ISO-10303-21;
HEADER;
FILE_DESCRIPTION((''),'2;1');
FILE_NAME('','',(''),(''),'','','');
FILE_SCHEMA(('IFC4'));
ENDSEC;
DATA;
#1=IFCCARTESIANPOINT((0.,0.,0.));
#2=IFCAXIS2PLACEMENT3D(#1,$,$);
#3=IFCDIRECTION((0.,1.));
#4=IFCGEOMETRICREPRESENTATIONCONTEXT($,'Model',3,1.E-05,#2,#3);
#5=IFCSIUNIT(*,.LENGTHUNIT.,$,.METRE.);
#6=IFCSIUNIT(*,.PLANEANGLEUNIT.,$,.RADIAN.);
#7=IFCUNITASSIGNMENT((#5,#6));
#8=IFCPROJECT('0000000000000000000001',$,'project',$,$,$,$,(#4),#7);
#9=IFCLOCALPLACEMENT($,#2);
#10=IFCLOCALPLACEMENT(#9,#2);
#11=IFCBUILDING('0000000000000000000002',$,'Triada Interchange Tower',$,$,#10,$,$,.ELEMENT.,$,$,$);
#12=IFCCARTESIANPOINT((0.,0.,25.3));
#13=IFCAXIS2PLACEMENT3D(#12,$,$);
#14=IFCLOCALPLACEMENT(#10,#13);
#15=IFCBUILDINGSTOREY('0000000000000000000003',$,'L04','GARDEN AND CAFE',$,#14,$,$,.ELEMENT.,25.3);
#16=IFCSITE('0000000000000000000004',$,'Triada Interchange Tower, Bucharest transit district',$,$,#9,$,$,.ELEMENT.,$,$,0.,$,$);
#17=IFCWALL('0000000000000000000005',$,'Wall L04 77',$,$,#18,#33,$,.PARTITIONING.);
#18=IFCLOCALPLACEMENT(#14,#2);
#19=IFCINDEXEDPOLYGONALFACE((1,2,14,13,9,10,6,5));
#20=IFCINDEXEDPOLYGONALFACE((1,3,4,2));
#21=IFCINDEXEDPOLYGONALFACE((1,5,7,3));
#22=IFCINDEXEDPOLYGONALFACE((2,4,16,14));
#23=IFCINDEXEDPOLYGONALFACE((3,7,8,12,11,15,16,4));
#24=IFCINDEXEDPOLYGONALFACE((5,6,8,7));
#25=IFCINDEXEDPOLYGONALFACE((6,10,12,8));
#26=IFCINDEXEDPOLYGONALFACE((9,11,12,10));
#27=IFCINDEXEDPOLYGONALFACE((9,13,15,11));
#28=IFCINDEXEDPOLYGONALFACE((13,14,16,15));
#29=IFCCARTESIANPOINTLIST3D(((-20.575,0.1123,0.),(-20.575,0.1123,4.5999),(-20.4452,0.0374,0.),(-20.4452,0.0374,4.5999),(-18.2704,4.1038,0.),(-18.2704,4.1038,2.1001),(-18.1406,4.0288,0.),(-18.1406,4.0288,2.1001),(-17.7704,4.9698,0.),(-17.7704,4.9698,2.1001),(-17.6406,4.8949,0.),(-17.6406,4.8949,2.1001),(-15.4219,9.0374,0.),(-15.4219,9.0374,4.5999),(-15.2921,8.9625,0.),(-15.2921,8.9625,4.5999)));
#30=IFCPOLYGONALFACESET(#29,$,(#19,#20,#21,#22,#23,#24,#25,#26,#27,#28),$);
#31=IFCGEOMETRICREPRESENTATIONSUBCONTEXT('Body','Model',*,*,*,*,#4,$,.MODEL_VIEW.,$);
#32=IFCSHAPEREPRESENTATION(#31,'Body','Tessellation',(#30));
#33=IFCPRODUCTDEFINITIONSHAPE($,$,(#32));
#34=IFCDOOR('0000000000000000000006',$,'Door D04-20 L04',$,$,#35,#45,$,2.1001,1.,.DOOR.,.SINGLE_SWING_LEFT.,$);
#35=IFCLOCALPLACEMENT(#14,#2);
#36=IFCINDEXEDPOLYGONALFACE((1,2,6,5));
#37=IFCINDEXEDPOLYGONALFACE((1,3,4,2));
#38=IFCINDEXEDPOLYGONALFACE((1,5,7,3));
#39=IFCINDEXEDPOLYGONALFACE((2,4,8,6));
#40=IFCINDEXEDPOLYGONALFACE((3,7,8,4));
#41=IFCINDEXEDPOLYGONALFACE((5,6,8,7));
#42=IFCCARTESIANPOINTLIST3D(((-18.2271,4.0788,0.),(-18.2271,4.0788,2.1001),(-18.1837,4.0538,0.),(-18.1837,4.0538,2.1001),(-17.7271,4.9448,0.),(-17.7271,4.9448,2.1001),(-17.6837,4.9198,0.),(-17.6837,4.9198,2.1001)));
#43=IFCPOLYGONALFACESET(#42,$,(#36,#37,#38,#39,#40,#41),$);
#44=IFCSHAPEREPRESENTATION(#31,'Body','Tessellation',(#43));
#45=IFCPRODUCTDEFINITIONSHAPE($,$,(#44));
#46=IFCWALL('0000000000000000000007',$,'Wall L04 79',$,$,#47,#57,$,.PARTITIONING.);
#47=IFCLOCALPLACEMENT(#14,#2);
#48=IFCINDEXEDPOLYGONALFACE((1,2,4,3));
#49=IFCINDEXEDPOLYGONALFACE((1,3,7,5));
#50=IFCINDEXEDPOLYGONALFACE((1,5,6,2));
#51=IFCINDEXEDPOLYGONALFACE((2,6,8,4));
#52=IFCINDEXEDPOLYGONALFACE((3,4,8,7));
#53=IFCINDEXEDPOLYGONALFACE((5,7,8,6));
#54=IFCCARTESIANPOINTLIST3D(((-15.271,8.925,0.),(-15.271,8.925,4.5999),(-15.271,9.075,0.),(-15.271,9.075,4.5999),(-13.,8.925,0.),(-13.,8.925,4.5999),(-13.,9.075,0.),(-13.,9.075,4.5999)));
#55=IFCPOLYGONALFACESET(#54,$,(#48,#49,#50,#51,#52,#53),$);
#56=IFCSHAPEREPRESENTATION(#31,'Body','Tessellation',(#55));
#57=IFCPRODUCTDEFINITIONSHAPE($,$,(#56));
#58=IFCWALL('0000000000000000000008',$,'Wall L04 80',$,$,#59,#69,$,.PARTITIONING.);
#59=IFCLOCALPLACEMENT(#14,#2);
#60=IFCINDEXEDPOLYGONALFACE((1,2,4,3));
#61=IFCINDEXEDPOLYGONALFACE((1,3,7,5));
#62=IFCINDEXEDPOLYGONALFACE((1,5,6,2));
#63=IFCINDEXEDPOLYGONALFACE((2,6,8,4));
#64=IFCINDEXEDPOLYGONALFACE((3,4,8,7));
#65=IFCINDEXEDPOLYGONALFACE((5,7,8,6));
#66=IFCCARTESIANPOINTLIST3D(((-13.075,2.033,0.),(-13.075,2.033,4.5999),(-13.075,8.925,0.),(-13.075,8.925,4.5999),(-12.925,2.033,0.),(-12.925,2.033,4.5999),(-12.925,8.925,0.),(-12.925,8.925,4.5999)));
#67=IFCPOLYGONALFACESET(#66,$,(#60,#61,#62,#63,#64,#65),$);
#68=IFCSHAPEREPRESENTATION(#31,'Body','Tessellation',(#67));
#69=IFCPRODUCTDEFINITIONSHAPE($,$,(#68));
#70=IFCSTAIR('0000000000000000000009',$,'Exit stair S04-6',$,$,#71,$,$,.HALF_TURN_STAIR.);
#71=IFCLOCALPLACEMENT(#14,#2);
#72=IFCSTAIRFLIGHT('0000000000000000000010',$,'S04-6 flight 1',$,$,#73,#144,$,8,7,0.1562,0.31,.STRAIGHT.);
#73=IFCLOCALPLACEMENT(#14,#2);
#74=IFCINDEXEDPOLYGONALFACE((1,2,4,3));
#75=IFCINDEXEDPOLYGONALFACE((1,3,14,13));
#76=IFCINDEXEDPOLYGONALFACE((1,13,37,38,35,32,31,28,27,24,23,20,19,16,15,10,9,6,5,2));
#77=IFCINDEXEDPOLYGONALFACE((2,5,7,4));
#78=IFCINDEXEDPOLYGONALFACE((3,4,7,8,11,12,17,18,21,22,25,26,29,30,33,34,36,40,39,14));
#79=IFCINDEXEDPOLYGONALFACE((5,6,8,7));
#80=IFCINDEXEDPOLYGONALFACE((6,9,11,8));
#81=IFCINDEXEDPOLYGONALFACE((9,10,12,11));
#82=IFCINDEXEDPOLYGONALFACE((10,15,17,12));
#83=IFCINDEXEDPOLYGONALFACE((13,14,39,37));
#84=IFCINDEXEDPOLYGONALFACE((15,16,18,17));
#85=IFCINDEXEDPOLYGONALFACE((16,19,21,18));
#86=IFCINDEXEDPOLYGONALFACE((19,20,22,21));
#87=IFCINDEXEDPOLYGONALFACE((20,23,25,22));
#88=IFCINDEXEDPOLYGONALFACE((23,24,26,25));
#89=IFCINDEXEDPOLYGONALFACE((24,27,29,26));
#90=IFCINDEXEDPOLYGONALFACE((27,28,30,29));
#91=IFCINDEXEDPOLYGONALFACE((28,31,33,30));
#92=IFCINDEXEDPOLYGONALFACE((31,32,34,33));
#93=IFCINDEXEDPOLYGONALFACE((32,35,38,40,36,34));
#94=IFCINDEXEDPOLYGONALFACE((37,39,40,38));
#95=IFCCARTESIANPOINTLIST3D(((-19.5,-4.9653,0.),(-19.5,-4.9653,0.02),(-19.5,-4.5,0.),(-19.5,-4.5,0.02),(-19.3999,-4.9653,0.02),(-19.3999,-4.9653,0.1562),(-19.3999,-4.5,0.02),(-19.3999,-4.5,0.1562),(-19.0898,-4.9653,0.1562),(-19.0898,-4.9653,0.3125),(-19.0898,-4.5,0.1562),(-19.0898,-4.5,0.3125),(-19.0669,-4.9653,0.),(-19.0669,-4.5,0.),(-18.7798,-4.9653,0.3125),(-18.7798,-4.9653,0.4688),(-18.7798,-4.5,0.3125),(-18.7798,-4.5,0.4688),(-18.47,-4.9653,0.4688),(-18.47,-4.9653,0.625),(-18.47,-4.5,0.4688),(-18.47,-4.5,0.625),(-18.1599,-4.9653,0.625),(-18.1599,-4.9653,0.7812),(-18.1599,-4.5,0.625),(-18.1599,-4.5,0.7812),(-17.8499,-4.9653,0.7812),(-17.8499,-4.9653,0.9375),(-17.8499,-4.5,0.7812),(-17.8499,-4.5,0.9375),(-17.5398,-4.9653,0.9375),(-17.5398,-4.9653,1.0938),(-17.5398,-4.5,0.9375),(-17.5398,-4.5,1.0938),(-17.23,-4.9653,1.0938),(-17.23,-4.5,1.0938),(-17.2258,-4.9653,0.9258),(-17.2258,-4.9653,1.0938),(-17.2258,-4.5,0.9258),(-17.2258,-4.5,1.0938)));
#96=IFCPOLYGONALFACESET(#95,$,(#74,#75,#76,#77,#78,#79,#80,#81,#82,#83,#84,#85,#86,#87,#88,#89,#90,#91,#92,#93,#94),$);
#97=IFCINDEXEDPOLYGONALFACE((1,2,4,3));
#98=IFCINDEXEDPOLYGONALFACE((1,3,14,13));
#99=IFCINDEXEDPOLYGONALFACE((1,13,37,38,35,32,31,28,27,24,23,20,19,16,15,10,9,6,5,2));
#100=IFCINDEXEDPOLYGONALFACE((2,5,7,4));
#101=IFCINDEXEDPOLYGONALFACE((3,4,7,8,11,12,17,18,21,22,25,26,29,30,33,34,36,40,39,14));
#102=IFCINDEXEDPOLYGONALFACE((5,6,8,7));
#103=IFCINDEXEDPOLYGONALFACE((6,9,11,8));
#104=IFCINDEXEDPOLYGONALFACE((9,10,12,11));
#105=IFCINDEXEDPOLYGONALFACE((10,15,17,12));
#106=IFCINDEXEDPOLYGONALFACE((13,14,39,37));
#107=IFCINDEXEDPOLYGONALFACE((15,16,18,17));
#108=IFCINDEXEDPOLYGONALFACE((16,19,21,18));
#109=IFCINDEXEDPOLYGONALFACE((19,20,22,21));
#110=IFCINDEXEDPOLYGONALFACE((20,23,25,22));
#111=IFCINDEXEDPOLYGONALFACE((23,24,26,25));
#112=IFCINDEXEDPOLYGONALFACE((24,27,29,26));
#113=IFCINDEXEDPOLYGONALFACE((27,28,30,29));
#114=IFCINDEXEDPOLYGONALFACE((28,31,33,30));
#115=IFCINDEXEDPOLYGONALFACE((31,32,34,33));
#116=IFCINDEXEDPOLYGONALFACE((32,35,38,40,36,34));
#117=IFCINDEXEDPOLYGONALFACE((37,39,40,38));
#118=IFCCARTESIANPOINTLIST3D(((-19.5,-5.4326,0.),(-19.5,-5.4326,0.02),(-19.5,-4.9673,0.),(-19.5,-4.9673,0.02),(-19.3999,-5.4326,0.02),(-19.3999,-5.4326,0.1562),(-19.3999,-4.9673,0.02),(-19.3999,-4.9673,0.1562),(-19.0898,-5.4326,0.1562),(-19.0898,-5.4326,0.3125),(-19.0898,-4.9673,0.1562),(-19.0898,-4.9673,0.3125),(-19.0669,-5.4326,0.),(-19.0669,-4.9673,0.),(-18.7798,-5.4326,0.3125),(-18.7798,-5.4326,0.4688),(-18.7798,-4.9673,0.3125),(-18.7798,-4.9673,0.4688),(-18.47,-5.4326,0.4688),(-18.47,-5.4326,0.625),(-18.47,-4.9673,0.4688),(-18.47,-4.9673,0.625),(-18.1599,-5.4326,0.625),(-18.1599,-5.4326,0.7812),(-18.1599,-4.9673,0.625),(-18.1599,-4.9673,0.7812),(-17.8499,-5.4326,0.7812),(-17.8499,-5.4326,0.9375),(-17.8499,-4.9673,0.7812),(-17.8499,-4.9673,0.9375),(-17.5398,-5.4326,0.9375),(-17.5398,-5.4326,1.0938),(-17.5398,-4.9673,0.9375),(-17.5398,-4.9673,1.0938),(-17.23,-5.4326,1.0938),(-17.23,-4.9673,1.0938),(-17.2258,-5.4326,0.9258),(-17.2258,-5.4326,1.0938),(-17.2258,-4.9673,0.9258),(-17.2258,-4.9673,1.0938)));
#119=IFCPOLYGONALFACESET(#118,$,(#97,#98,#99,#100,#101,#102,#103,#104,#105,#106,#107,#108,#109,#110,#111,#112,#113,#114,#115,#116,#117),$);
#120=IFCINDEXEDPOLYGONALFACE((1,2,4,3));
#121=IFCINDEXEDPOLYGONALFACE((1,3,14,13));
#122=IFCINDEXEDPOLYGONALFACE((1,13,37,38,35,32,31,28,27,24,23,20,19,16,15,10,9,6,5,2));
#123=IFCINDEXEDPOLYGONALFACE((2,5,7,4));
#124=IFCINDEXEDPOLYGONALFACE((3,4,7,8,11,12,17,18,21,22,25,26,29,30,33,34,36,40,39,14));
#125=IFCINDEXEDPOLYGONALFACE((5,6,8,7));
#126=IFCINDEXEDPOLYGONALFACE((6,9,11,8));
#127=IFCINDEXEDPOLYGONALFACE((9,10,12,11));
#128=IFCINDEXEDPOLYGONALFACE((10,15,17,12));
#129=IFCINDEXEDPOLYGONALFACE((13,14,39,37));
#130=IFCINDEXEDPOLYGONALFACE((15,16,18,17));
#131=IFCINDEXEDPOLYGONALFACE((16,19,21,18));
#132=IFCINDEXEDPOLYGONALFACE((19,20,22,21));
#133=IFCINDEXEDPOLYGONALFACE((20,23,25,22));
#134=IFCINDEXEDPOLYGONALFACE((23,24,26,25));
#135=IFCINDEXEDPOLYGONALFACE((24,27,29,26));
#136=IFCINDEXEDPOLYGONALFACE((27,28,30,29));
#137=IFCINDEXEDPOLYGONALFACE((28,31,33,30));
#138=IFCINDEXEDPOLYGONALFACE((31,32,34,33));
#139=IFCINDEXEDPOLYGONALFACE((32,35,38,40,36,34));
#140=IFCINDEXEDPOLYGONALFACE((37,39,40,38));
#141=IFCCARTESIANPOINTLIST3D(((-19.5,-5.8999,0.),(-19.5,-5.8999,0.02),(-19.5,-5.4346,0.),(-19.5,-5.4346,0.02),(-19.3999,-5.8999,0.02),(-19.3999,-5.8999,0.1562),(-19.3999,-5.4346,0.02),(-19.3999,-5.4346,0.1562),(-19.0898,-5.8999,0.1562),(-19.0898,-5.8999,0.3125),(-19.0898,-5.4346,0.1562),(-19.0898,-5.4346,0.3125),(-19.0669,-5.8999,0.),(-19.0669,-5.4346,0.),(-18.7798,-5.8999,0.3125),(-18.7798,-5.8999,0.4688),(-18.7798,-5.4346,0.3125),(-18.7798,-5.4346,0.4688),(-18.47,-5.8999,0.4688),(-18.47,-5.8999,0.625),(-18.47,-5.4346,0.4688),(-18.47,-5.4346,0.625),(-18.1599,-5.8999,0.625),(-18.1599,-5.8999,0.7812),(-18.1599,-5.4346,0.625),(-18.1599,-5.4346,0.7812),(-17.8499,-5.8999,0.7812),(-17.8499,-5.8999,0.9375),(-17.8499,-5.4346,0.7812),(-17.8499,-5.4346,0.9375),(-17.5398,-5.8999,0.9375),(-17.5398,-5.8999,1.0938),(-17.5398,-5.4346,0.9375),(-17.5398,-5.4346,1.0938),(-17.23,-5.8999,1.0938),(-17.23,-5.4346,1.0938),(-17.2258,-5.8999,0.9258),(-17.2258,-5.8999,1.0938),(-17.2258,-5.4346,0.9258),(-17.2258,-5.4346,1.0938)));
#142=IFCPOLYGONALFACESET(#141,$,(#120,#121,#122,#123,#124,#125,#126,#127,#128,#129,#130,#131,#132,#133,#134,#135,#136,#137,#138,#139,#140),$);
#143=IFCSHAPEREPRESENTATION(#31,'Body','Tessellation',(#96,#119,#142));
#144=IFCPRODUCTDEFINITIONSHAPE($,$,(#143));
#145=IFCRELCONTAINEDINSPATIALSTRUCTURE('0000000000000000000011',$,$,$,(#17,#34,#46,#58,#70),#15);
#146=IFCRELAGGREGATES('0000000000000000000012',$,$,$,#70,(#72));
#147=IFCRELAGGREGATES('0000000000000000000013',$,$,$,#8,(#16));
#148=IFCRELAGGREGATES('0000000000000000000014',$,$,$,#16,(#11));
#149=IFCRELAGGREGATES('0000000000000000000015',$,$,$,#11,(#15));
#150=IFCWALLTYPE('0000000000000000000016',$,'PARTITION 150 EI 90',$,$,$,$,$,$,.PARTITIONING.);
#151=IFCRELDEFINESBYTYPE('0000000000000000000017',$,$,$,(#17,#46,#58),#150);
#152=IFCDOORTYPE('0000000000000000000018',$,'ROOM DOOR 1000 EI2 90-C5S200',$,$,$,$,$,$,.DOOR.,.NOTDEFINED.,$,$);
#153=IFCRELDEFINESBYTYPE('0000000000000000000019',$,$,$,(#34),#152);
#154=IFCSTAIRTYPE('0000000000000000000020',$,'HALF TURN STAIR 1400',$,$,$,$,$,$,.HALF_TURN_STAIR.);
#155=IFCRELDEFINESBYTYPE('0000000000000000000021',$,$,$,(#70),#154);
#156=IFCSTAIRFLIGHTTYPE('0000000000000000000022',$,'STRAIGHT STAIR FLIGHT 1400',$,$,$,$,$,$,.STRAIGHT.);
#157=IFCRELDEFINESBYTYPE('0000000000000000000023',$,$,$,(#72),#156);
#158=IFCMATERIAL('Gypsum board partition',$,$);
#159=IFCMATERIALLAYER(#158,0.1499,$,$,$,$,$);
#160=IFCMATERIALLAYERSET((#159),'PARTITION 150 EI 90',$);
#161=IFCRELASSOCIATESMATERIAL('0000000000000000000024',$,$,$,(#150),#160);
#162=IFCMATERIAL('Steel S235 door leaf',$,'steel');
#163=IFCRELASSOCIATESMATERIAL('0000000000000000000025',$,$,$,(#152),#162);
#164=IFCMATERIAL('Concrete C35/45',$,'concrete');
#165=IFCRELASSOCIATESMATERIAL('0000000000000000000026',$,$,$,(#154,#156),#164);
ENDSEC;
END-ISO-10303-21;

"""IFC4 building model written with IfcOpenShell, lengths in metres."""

from ifc_helpers import new_model, si_unit, direction, frame, frame_2d, origin, place, context, subcontext, project, spatial, polyline, rectangle, outline, extrude, material, layer, layer_set, type_object, element, fill, aggregate, save


model = new_model("IFC4")

# Units and contexts
model_context = context("Model", 3, precision=1e-05, world=origin(), true_north=direction((0.0, 1.0)))
body_context = subcontext(model_context, "Body", "Model", "MODEL_VIEW")
ifc_project = project(units=[si_unit("LENGTHUNIT", "METRE"), si_unit("PLANEANGLEUNIT", "RADIAN")], contexts=[model_context])

# Site, building, storey
site_placement = place(None, origin())
site = spatial("IfcSite", under=ifc_project, at=site_placement, Name="Triada Interchange Tower, Bucharest transit district", CompositionType="ELEMENT", RefElevation=0.0)
building_placement = place(site_placement, origin())
building = spatial("IfcBuilding", under=site, at=building_placement, Name="Triada Interchange Tower", CompositionType="ELEMENT")
storey_placement = place(building_placement, frame((0.0, 0.0, 25.3)))
storey = spatial("IfcBuildingStorey", under=building, at=storey_placement, Name="L04", Description="GARDEN AND CAFE", CompositionType="ELEMENT", Elevation=25.3)

# Shared definitions
ifc_material_1 = material(Name="Concrete C35/45", Category="concrete")

# Shared definitions
ifc_material_2 = material(Name="Gypsum board partition")
ifc_layer_1 = layer(ifc_material_2, 0.1499)
ifc_layer_set_1 = layer_set([ifc_layer_1], Name="PARTITION 150 EI 90")
wall_type_1 = type_object("IfcWallType", Name="PARTITION 150 EI 90", PredefinedType="PARTITIONING", material=ifc_layer_set_1)

# Wall, opening, door
wall_1_placement = place(storey_placement, frame((-20.51, 0.075, 0.0), z_axis=(0.0, 0.0, 1.0), x_axis=(0.500014, 0.866017, 0.0)))
wall_1 = element("IfcWall", 1, at=wall_1_placement, inside=storey, type_object=wall_type_1, Name="Wall L04 77", PredefinedType="PARTITIONING", context=body_context, shape_type="SweptSolid", body=[
    extrude(rectangle(XDim=10.3059, YDim=0.1499, at=frame_2d((5.1528, 0.0))), origin(), (0.0, 0.0, 1.0), 4.5999),
])
opening_placement = place(wall_1_placement, frame((4.6089, 0.0, 0.0)))
opening = element("IfcOpeningElement", 2, at=opening_placement, cuts=wall_1, PredefinedType="OPENING", context=body_context, shape_type="SweptSolid", body=[
    extrude(rectangle(XDim=1.0, YDim=2.1001, at=frame_2d((0.5, 1.05))), frame((0.0, 0.085, 0.0), z_axis=(0.0, -1.0, 0.0), x_axis=(1.0, 0.0, 0.0)), (0.0, 0.0, 1.0), 0.1699),
])
ifc_material_3 = material(Name="Steel S235 door leaf", Category="steel")
door_type = type_object("IfcDoorType", Name="ROOM DOOR 1000 EI2 90-C5S200", OperationType="NOTDEFINED", PredefinedType="DOOR", material=ifc_material_3)
door_placement = place(opening_placement, origin())
door = element("IfcDoor", 3, at=door_placement, inside=storey, type_object=door_type, Name="Door D04-20 L04", OperationType="SINGLE_SWING_LEFT", OverallHeight=2.1001, OverallWidth=1.0, PredefinedType="DOOR", context=body_context, shape_type="SweptSolid", body=[
    extrude(rectangle(XDim=1.0, YDim=2.1001, at=frame_2d((0.5, 1.05))), frame((0.0, 0.0249, 0.0), z_axis=(0.0, -1.0, 0.0), x_axis=(1.0, 0.0, 0.0)), (0.0, 0.0, 1.0), 0.05),
])
fill(opening, door)

# Walls
wall_2_placement = place(storey_placement, frame((-15.271, 9.0, 0.0), z_axis=(0.0, 0.0, 1.0), x_axis=(1.0, 0.0, 0.0)))
element("IfcWall", 4, at=wall_2_placement, inside=storey, type_object=wall_type_1, Name="Wall L04 79", PredefinedType="PARTITIONING", context=body_context, shape_type="SweptSolid", body=[
    extrude(rectangle(XDim=2.271, YDim=0.1499, at=frame_2d((1.1355, 0.0))), origin(), (0.0, 0.0, 1.0), 4.5999),
])
wall_3_placement = place(storey_placement, frame((-13.0, 2.033, 0.0), z_axis=(0.0, 0.0, 1.0), x_axis=(0.0, 1.0, 0.0)))
element("IfcWall", 5, at=wall_3_placement, inside=storey, type_object=wall_type_1, Name="Wall L04 80", PredefinedType="PARTITIONING", context=body_context, shape_type="SweptSolid", body=[
    extrude(rectangle(XDim=6.8921, YDim=0.1499, at=frame_2d((3.446, 0.0))), origin(), (0.0, 0.0, 1.0), 4.5999),
])

# Stair, stair flight
stair_type = type_object("IfcStairType", Name="HALF TURN STAIR 1400", PredefinedType="HALF_TURN_STAIR", material=ifc_material_1)
stair_placement = place(storey_placement, origin())
stair = element("IfcStair", 6, at=stair_placement, inside=storey, type_object=stair_type, Name="Exit stair S04-6", PredefinedType="HALF_TURN_STAIR")
stair_flight_type = type_object("IfcStairFlightType", Name="STRAIGHT STAIR FLIGHT 1400", PredefinedType="STRAIGHT", material=ifc_material_1)
stair_flight_1_placement = place(storey_placement, frame((-19.3999, -5.2, 0.0), z_axis=(0.0, 0.0, 1.0), x_axis=(1.0, 0.0, 0.0)))
stair_flight_1 = element("IfcStairFlight", 7, at=stair_flight_1_placement, type_object=stair_flight_type, Name="S04-6 flight 1", NumberOfRisers=8, NumberOfTreads=7, PredefinedType="STRAIGHT", RiserHeight=0.1562, TreadLength=0.31, context=body_context, shape_type="SweptSolid", body=[
    extrude(outline(polyline([(-0.1001, 0.0), (-0.1001, 0.02), (0.0, 0.02), (0.0, 0.1562), (0.3101, 0.1562), (0.3101, 0.3125), (0.6201, 0.3125), (0.6201, 0.4688), (0.9299, 0.4688), (0.9299, 0.625), (1.24, 0.625), (1.24, 0.7812), (1.55, 0.7812), (1.55, 0.9375), (1.8601, 0.9375), (1.8601, 1.0938), (2.1699, 1.0938), (2.1741, 1.0938), (2.1741, 1.25), (2.1741, 0.9258), (0.333, 0.0), (-0.1001, 0.0)])), frame((0.0, 0.7, 0.0), z_axis=(0.0, -1.0, 0.0), x_axis=(1.0, 0.0, 0.0)), (0.0, 0.0, 1.0), 0.4653),
    extrude(outline(polyline([(-0.1001, 0.0), (-0.1001, 0.02), (0.0, 0.02), (0.0, 0.1562), (0.3101, 0.1562), (0.3101, 0.3125), (0.6201, 0.3125), (0.6201, 0.4688), (0.9299, 0.4688), (0.9299, 0.625), (1.24, 0.625), (1.24, 0.7812), (1.55, 0.7812), (1.55, 0.9375), (1.8601, 0.9375), (1.8601, 1.0938), (2.1699, 1.0938), (2.1741, 1.0938), (2.1741, 1.25), (2.1741, 0.9258), (0.333, 0.0), (-0.1001, 0.0)])), frame((0.0, 0.2327, 0.0), z_axis=(0.0, -1.0, 0.0), x_axis=(1.0, 0.0, 0.0)), (0.0, 0.0, 1.0), 0.4653),
    extrude(outline(polyline([(-0.1001, 0.0), (-0.1001, 0.02), (0.0, 0.02), (0.0, 0.1562), (0.3101, 0.1562), (0.3101, 0.3125), (0.6201, 0.3125), (0.6201, 0.4688), (0.9299, 0.4688), (0.9299, 0.625), (1.24, 0.625), (1.24, 0.7812), (1.55, 0.7812), (1.55, 0.9375), (1.8601, 0.9375), (1.8601, 1.0938), (2.1699, 1.0938), (2.1741, 1.0938), (2.1741, 1.25), (2.1741, 0.9258), (0.333, 0.0), (-0.1001, 0.0)])), frame((0.0, -0.2346, 0.0), z_axis=(0.0, -1.0, 0.0), x_axis=(1.0, 0.0, 0.0)), (0.0, 0.0, 1.0), 0.4653),
])
aggregate(stair, [stair_flight_1])

save(model, "model.ifc")
